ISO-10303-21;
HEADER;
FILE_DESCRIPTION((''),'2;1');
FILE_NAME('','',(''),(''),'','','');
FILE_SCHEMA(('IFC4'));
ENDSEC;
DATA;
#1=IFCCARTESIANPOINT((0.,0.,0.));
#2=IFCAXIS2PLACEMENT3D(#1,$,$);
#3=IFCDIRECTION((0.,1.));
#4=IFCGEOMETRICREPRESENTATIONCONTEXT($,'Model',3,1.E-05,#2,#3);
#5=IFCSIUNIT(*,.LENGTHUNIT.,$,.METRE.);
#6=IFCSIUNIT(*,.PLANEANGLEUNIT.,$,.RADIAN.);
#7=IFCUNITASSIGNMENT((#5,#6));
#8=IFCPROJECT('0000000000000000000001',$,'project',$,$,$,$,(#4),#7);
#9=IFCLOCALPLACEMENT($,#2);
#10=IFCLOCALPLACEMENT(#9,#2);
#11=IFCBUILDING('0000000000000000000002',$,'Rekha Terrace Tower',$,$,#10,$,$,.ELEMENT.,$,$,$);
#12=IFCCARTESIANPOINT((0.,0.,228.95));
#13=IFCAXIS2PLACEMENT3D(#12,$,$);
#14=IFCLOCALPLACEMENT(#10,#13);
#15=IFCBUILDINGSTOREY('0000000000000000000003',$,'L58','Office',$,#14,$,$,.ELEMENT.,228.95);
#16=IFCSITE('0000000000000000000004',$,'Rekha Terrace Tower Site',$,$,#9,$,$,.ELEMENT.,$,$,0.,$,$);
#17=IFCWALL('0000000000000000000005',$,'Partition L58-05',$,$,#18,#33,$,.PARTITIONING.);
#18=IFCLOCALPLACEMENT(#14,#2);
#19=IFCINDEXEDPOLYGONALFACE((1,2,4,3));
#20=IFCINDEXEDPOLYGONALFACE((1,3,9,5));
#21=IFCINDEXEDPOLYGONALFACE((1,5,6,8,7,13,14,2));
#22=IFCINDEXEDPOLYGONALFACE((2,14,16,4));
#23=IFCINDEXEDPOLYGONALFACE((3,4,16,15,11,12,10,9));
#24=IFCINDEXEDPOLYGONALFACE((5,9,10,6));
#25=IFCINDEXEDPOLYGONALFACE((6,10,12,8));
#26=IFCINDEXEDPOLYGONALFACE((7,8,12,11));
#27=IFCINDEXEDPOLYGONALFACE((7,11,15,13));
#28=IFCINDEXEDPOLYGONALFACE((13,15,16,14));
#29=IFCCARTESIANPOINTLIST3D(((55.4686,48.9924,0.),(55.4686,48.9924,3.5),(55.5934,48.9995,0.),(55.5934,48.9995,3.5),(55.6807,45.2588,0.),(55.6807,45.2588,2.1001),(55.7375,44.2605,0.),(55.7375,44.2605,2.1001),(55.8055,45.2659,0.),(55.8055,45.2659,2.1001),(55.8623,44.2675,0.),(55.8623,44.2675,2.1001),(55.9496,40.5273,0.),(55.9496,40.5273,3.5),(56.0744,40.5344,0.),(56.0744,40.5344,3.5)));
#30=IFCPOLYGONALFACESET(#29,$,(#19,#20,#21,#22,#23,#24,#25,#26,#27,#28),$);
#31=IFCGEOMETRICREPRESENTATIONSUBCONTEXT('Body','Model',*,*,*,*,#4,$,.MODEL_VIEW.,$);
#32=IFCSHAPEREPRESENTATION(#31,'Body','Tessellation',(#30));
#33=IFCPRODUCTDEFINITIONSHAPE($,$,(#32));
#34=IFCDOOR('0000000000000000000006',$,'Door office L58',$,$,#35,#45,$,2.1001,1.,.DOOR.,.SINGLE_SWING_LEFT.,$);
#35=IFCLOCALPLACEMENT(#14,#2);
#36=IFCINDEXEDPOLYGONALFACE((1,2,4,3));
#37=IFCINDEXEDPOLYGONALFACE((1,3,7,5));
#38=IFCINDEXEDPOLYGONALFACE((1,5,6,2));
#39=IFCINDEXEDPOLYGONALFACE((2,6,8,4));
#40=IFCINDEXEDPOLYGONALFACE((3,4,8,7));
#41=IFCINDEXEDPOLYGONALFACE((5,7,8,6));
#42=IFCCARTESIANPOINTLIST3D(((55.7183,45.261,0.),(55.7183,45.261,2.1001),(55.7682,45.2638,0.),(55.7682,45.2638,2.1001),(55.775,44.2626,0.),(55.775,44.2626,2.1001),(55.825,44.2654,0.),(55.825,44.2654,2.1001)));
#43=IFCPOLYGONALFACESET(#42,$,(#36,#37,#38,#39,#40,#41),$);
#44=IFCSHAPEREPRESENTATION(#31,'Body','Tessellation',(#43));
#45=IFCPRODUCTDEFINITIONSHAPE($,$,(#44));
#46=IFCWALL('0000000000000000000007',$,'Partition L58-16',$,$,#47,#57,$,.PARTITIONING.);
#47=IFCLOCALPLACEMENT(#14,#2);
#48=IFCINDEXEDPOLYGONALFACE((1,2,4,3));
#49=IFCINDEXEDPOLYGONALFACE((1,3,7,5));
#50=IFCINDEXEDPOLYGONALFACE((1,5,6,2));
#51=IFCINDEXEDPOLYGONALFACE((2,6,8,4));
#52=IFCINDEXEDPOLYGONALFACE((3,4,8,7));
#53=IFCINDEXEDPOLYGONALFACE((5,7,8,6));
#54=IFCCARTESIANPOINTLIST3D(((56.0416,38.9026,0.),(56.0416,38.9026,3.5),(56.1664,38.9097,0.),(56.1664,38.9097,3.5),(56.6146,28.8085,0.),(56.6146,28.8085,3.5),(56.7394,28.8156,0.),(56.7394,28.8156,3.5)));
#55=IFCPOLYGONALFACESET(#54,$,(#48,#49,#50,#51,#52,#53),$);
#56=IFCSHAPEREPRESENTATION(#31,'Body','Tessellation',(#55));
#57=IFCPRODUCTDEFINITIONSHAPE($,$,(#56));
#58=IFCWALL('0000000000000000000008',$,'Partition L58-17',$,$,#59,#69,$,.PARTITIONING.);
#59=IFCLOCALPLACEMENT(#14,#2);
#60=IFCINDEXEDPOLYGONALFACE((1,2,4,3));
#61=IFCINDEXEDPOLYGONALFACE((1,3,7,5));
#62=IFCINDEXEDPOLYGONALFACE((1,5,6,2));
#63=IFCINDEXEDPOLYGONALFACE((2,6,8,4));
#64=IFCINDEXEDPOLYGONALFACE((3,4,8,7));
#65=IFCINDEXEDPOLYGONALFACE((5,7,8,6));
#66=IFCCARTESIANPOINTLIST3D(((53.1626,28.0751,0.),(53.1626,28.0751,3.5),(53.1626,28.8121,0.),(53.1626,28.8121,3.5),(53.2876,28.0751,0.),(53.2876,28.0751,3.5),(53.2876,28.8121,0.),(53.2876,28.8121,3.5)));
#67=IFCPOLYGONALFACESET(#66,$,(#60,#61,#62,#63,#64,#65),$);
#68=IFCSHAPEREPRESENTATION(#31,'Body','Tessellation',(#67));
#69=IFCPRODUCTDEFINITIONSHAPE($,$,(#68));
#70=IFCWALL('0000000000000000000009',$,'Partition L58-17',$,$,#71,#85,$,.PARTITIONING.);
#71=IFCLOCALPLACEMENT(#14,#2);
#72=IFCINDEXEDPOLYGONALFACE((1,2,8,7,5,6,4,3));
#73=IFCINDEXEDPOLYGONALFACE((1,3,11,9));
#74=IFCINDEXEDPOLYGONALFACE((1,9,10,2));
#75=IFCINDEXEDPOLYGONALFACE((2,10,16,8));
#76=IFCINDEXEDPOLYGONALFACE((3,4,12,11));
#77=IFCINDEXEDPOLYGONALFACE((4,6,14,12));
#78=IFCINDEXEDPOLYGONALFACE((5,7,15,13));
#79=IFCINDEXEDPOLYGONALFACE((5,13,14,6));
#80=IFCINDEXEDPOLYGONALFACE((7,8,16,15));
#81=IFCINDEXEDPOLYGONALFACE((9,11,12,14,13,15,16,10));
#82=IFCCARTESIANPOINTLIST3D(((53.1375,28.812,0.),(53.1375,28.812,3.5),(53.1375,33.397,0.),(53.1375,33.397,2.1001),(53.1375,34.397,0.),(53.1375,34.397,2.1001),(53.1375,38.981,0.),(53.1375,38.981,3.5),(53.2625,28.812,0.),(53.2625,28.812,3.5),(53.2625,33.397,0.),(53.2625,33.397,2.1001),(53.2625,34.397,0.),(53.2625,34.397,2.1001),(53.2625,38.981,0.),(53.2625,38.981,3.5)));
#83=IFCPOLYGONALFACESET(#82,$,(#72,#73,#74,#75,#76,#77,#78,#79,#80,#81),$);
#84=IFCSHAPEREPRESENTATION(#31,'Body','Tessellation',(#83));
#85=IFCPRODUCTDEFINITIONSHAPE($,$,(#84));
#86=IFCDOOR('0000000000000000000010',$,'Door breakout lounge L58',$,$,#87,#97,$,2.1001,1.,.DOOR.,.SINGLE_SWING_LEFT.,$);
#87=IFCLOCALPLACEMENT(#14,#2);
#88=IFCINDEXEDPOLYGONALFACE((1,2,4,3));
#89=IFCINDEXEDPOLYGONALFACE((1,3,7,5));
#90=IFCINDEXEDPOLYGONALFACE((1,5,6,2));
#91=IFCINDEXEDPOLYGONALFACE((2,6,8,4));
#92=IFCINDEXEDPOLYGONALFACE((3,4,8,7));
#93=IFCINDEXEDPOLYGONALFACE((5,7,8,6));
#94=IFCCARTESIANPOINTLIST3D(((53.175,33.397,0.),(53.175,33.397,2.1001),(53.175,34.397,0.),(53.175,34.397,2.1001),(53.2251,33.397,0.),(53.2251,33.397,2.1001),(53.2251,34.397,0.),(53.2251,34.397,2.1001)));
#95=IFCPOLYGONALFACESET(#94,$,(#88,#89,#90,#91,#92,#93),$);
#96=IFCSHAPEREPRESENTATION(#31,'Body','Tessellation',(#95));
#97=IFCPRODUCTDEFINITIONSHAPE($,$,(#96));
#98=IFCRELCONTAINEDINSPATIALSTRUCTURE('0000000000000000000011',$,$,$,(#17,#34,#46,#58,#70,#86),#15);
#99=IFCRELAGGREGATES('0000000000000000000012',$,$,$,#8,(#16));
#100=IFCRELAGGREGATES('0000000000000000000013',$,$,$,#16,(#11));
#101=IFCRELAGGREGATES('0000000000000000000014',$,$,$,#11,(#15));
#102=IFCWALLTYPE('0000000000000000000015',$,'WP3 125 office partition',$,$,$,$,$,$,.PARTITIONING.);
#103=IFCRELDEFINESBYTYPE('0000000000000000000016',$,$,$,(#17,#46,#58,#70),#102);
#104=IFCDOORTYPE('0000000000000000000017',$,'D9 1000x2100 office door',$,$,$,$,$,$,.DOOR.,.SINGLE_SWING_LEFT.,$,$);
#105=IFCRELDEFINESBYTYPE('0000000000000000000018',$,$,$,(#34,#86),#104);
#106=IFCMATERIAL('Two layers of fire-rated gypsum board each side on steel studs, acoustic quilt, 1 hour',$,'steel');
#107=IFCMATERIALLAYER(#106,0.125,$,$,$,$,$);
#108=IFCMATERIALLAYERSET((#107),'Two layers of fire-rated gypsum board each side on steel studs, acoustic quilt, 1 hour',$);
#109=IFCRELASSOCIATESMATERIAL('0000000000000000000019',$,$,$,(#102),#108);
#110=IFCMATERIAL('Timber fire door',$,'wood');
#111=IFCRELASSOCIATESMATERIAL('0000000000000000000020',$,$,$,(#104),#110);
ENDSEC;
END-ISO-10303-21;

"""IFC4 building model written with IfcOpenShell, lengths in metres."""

from ifc_helpers import new_model, si_unit, direction, frame, frame_2d, origin, place, context, subcontext, project, spatial, rectangle, extrude, material, layer, layer_set, type_object, element, fill, save


model = new_model("IFC4")

# Units and contexts
model_context = context("Model", 3, precision=1e-05, world=origin(), true_north=direction((0.0, 1.0)))
body_context = subcontext(model_context, "Body", "Model", "MODEL_VIEW")
ifc_project = project(units=[si_unit("LENGTHUNIT", "METRE"), si_unit("PLANEANGLEUNIT", "RADIAN")], contexts=[model_context])

# Site, building, storey
site_placement = place(None, origin())
site = spatial("IfcSite", under=ifc_project, at=site_placement, Name="Rekha Terrace Tower Site", CompositionType="ELEMENT", RefElevation=0.0)
building_placement = place(site_placement, origin())
building = spatial("IfcBuilding", under=site, at=building_placement, Name="Rekha Terrace Tower", CompositionType="ELEMENT")
storey_placement = place(building_placement, frame((0.0, 0.0, 228.95)))
storey = spatial("IfcBuildingStorey", under=building, at=storey_placement, Name="L58", Description="Office", CompositionType="ELEMENT", Elevation=228.95)

# Shared definitions
ifc_material_1 = material(Name="Timber fire door", Category="wood")

# Shared definitions
ifc_material_2 = material(Name="Two layers of fire-rated gypsum board each side on steel studs, acoustic quilt, 1 hour", Category="steel")
ifc_layer_1 = layer(ifc_material_2, 0.125)
ifc_layer_set_1 = layer_set([ifc_layer_1], Name="Two layers of fire-rated gypsum board each side on steel studs, acoustic quilt, 1 hour")
wall_type_1 = type_object("IfcWallType", Name="WP3 125 office partition", PredefinedType="PARTITIONING", material=ifc_layer_set_1)

# Wall, opening, door
wall_1_placement = place(storey_placement, frame((56.012, 40.531, 0.0), z_axis=(0.0, 0.0, 1.0), x_axis=(-0.056725, 0.99839, 0.0)))
wall_1 = element("IfcWall", 1, at=wall_1_placement, inside=storey, type_object=wall_type_1, Name="Partition L58-05", PredefinedType="PARTITIONING", context=body_context, shape_type="SweptSolid", body=[
    extrude(rectangle(XDim=8.4788, YDim=0.125, at=frame_2d((4.2393, 0.0))), origin(), (0.0, 0.0, 1.0), 3.5),
])
opening_1_placement = place(wall_1_placement, frame((3.739, 0.0, 0.0)))
opening_1 = element("IfcOpeningElement", 2, at=opening_1_placement, cuts=wall_1, PredefinedType="OPENING", context=body_context, shape_type="SweptSolid", body=[
    extrude(rectangle(XDim=1.0, YDim=2.1001, at=frame_2d((0.5, 1.05))), frame((0.0, 0.0725, 0.0), z_axis=(0.0, -1.0, 0.0), x_axis=(1.0, 0.0, 0.0)), (0.0, 0.0, 1.0), 0.145),
])
door_type_1 = type_object("IfcDoorType", Name="D9 1000x2100 office door", OperationType="SINGLE_SWING_LEFT", PredefinedType="DOOR", material=ifc_material_1)
door_1_placement = place(opening_1_placement, origin())
door_1 = element("IfcDoor", 3, at=door_1_placement, inside=storey, type_object=door_type_1, Name="Door office L58", OperationType="SINGLE_SWING_LEFT", OverallHeight=2.1001, OverallWidth=1.0, PredefinedType="DOOR", context=body_context, shape_type="SweptSolid", body=[
    extrude(rectangle(XDim=1.0, YDim=2.1001, at=frame_2d((0.5, 1.05))), frame((0.0, 0.0249, 0.0), z_axis=(0.0, -1.0, 0.0), x_axis=(1.0, 0.0, 0.0)), (0.0, 0.0, 1.0), 0.05),
])
fill(opening_1, door_1)

# Walls
wall_2_placement = place(storey_placement, frame((56.677, 28.812, 0.0), z_axis=(0.0, 0.0, 1.0), x_axis=(-0.056675, 0.998393, 0.0)))
element("IfcWall", 4, at=wall_2_placement, inside=storey, type_object=wall_type_1, Name="Partition L58-16", PredefinedType="PARTITIONING", context=body_context, shape_type="SweptSolid", body=[
    extrude(rectangle(XDim=10.1104, YDim=0.125, at=frame_2d((5.0552, 0.0))), origin(), (0.0, 0.0, 1.0), 3.5),
])
wall_3_placement = place(storey_placement, frame((53.2251, 28.075, 0.0), z_axis=(0.0, 0.0, 1.0), x_axis=(0.0, 1.0, 0.0)))
element("IfcWall", 5, at=wall_3_placement, inside=storey, type_object=wall_type_1, Name="Partition L58-17", PredefinedType="PARTITIONING", context=body_context, shape_type="SweptSolid", body=[
    extrude(rectangle(XDim=0.7371, YDim=0.125, at=frame_2d((0.3687, 0.0))), origin(), (0.0, 0.0, 1.0), 3.5),
])

# Wall, opening, door
wall_4_placement = place(storey_placement, frame((53.2, 28.812, 0.0), z_axis=(0.0, 0.0, 1.0), x_axis=(0.0, 1.0, 0.0)))
wall_4 = element("IfcWall", 6, at=wall_4_placement, inside=storey, type_object=wall_type_1, Name="Partition L58-17", PredefinedType="PARTITIONING", context=body_context, shape_type="SweptSolid", body=[
    extrude(rectangle(XDim=10.1689, YDim=0.125, at=frame_2d((5.0845, 0.0))), origin(), (0.0, 0.0, 1.0), 3.5),
])
opening_2_placement = place(wall_4_placement, frame((4.585, 0.0, 0.0)))
opening_2 = element("IfcOpeningElement", 7, at=opening_2_placement, cuts=wall_4, PredefinedType="OPENING", context=body_context, shape_type="SweptSolid", body=[
    extrude(rectangle(XDim=1.0, YDim=2.1001, at=frame_2d((0.5, 1.05))), frame((0.0, 0.0725, 0.0), z_axis=(0.0, -1.0, 0.0), x_axis=(1.0, 0.0, 0.0)), (0.0, 0.0, 1.0), 0.145),
])
door_2_placement = place(opening_2_placement, origin())
door_2 = element("IfcDoor", 8, at=door_2_placement, inside=storey, type_object=door_type_1, Name="Door breakout lounge L58", OperationType="SINGLE_SWING_LEFT", OverallHeight=2.1001, OverallWidth=1.0, PredefinedType="DOOR", context=body_context, shape_type="SweptSolid", body=[
    extrude(rectangle(XDim=1.0, YDim=2.1001, at=frame_2d((0.5, 1.05))), frame((0.0, 0.0249, 0.0), z_axis=(0.0, -1.0, 0.0), x_axis=(1.0, 0.0, 0.0)), (0.0, 0.0, 1.0), 0.05),
])
fill(opening_2, door_2)

save(model, "model.ifc")
